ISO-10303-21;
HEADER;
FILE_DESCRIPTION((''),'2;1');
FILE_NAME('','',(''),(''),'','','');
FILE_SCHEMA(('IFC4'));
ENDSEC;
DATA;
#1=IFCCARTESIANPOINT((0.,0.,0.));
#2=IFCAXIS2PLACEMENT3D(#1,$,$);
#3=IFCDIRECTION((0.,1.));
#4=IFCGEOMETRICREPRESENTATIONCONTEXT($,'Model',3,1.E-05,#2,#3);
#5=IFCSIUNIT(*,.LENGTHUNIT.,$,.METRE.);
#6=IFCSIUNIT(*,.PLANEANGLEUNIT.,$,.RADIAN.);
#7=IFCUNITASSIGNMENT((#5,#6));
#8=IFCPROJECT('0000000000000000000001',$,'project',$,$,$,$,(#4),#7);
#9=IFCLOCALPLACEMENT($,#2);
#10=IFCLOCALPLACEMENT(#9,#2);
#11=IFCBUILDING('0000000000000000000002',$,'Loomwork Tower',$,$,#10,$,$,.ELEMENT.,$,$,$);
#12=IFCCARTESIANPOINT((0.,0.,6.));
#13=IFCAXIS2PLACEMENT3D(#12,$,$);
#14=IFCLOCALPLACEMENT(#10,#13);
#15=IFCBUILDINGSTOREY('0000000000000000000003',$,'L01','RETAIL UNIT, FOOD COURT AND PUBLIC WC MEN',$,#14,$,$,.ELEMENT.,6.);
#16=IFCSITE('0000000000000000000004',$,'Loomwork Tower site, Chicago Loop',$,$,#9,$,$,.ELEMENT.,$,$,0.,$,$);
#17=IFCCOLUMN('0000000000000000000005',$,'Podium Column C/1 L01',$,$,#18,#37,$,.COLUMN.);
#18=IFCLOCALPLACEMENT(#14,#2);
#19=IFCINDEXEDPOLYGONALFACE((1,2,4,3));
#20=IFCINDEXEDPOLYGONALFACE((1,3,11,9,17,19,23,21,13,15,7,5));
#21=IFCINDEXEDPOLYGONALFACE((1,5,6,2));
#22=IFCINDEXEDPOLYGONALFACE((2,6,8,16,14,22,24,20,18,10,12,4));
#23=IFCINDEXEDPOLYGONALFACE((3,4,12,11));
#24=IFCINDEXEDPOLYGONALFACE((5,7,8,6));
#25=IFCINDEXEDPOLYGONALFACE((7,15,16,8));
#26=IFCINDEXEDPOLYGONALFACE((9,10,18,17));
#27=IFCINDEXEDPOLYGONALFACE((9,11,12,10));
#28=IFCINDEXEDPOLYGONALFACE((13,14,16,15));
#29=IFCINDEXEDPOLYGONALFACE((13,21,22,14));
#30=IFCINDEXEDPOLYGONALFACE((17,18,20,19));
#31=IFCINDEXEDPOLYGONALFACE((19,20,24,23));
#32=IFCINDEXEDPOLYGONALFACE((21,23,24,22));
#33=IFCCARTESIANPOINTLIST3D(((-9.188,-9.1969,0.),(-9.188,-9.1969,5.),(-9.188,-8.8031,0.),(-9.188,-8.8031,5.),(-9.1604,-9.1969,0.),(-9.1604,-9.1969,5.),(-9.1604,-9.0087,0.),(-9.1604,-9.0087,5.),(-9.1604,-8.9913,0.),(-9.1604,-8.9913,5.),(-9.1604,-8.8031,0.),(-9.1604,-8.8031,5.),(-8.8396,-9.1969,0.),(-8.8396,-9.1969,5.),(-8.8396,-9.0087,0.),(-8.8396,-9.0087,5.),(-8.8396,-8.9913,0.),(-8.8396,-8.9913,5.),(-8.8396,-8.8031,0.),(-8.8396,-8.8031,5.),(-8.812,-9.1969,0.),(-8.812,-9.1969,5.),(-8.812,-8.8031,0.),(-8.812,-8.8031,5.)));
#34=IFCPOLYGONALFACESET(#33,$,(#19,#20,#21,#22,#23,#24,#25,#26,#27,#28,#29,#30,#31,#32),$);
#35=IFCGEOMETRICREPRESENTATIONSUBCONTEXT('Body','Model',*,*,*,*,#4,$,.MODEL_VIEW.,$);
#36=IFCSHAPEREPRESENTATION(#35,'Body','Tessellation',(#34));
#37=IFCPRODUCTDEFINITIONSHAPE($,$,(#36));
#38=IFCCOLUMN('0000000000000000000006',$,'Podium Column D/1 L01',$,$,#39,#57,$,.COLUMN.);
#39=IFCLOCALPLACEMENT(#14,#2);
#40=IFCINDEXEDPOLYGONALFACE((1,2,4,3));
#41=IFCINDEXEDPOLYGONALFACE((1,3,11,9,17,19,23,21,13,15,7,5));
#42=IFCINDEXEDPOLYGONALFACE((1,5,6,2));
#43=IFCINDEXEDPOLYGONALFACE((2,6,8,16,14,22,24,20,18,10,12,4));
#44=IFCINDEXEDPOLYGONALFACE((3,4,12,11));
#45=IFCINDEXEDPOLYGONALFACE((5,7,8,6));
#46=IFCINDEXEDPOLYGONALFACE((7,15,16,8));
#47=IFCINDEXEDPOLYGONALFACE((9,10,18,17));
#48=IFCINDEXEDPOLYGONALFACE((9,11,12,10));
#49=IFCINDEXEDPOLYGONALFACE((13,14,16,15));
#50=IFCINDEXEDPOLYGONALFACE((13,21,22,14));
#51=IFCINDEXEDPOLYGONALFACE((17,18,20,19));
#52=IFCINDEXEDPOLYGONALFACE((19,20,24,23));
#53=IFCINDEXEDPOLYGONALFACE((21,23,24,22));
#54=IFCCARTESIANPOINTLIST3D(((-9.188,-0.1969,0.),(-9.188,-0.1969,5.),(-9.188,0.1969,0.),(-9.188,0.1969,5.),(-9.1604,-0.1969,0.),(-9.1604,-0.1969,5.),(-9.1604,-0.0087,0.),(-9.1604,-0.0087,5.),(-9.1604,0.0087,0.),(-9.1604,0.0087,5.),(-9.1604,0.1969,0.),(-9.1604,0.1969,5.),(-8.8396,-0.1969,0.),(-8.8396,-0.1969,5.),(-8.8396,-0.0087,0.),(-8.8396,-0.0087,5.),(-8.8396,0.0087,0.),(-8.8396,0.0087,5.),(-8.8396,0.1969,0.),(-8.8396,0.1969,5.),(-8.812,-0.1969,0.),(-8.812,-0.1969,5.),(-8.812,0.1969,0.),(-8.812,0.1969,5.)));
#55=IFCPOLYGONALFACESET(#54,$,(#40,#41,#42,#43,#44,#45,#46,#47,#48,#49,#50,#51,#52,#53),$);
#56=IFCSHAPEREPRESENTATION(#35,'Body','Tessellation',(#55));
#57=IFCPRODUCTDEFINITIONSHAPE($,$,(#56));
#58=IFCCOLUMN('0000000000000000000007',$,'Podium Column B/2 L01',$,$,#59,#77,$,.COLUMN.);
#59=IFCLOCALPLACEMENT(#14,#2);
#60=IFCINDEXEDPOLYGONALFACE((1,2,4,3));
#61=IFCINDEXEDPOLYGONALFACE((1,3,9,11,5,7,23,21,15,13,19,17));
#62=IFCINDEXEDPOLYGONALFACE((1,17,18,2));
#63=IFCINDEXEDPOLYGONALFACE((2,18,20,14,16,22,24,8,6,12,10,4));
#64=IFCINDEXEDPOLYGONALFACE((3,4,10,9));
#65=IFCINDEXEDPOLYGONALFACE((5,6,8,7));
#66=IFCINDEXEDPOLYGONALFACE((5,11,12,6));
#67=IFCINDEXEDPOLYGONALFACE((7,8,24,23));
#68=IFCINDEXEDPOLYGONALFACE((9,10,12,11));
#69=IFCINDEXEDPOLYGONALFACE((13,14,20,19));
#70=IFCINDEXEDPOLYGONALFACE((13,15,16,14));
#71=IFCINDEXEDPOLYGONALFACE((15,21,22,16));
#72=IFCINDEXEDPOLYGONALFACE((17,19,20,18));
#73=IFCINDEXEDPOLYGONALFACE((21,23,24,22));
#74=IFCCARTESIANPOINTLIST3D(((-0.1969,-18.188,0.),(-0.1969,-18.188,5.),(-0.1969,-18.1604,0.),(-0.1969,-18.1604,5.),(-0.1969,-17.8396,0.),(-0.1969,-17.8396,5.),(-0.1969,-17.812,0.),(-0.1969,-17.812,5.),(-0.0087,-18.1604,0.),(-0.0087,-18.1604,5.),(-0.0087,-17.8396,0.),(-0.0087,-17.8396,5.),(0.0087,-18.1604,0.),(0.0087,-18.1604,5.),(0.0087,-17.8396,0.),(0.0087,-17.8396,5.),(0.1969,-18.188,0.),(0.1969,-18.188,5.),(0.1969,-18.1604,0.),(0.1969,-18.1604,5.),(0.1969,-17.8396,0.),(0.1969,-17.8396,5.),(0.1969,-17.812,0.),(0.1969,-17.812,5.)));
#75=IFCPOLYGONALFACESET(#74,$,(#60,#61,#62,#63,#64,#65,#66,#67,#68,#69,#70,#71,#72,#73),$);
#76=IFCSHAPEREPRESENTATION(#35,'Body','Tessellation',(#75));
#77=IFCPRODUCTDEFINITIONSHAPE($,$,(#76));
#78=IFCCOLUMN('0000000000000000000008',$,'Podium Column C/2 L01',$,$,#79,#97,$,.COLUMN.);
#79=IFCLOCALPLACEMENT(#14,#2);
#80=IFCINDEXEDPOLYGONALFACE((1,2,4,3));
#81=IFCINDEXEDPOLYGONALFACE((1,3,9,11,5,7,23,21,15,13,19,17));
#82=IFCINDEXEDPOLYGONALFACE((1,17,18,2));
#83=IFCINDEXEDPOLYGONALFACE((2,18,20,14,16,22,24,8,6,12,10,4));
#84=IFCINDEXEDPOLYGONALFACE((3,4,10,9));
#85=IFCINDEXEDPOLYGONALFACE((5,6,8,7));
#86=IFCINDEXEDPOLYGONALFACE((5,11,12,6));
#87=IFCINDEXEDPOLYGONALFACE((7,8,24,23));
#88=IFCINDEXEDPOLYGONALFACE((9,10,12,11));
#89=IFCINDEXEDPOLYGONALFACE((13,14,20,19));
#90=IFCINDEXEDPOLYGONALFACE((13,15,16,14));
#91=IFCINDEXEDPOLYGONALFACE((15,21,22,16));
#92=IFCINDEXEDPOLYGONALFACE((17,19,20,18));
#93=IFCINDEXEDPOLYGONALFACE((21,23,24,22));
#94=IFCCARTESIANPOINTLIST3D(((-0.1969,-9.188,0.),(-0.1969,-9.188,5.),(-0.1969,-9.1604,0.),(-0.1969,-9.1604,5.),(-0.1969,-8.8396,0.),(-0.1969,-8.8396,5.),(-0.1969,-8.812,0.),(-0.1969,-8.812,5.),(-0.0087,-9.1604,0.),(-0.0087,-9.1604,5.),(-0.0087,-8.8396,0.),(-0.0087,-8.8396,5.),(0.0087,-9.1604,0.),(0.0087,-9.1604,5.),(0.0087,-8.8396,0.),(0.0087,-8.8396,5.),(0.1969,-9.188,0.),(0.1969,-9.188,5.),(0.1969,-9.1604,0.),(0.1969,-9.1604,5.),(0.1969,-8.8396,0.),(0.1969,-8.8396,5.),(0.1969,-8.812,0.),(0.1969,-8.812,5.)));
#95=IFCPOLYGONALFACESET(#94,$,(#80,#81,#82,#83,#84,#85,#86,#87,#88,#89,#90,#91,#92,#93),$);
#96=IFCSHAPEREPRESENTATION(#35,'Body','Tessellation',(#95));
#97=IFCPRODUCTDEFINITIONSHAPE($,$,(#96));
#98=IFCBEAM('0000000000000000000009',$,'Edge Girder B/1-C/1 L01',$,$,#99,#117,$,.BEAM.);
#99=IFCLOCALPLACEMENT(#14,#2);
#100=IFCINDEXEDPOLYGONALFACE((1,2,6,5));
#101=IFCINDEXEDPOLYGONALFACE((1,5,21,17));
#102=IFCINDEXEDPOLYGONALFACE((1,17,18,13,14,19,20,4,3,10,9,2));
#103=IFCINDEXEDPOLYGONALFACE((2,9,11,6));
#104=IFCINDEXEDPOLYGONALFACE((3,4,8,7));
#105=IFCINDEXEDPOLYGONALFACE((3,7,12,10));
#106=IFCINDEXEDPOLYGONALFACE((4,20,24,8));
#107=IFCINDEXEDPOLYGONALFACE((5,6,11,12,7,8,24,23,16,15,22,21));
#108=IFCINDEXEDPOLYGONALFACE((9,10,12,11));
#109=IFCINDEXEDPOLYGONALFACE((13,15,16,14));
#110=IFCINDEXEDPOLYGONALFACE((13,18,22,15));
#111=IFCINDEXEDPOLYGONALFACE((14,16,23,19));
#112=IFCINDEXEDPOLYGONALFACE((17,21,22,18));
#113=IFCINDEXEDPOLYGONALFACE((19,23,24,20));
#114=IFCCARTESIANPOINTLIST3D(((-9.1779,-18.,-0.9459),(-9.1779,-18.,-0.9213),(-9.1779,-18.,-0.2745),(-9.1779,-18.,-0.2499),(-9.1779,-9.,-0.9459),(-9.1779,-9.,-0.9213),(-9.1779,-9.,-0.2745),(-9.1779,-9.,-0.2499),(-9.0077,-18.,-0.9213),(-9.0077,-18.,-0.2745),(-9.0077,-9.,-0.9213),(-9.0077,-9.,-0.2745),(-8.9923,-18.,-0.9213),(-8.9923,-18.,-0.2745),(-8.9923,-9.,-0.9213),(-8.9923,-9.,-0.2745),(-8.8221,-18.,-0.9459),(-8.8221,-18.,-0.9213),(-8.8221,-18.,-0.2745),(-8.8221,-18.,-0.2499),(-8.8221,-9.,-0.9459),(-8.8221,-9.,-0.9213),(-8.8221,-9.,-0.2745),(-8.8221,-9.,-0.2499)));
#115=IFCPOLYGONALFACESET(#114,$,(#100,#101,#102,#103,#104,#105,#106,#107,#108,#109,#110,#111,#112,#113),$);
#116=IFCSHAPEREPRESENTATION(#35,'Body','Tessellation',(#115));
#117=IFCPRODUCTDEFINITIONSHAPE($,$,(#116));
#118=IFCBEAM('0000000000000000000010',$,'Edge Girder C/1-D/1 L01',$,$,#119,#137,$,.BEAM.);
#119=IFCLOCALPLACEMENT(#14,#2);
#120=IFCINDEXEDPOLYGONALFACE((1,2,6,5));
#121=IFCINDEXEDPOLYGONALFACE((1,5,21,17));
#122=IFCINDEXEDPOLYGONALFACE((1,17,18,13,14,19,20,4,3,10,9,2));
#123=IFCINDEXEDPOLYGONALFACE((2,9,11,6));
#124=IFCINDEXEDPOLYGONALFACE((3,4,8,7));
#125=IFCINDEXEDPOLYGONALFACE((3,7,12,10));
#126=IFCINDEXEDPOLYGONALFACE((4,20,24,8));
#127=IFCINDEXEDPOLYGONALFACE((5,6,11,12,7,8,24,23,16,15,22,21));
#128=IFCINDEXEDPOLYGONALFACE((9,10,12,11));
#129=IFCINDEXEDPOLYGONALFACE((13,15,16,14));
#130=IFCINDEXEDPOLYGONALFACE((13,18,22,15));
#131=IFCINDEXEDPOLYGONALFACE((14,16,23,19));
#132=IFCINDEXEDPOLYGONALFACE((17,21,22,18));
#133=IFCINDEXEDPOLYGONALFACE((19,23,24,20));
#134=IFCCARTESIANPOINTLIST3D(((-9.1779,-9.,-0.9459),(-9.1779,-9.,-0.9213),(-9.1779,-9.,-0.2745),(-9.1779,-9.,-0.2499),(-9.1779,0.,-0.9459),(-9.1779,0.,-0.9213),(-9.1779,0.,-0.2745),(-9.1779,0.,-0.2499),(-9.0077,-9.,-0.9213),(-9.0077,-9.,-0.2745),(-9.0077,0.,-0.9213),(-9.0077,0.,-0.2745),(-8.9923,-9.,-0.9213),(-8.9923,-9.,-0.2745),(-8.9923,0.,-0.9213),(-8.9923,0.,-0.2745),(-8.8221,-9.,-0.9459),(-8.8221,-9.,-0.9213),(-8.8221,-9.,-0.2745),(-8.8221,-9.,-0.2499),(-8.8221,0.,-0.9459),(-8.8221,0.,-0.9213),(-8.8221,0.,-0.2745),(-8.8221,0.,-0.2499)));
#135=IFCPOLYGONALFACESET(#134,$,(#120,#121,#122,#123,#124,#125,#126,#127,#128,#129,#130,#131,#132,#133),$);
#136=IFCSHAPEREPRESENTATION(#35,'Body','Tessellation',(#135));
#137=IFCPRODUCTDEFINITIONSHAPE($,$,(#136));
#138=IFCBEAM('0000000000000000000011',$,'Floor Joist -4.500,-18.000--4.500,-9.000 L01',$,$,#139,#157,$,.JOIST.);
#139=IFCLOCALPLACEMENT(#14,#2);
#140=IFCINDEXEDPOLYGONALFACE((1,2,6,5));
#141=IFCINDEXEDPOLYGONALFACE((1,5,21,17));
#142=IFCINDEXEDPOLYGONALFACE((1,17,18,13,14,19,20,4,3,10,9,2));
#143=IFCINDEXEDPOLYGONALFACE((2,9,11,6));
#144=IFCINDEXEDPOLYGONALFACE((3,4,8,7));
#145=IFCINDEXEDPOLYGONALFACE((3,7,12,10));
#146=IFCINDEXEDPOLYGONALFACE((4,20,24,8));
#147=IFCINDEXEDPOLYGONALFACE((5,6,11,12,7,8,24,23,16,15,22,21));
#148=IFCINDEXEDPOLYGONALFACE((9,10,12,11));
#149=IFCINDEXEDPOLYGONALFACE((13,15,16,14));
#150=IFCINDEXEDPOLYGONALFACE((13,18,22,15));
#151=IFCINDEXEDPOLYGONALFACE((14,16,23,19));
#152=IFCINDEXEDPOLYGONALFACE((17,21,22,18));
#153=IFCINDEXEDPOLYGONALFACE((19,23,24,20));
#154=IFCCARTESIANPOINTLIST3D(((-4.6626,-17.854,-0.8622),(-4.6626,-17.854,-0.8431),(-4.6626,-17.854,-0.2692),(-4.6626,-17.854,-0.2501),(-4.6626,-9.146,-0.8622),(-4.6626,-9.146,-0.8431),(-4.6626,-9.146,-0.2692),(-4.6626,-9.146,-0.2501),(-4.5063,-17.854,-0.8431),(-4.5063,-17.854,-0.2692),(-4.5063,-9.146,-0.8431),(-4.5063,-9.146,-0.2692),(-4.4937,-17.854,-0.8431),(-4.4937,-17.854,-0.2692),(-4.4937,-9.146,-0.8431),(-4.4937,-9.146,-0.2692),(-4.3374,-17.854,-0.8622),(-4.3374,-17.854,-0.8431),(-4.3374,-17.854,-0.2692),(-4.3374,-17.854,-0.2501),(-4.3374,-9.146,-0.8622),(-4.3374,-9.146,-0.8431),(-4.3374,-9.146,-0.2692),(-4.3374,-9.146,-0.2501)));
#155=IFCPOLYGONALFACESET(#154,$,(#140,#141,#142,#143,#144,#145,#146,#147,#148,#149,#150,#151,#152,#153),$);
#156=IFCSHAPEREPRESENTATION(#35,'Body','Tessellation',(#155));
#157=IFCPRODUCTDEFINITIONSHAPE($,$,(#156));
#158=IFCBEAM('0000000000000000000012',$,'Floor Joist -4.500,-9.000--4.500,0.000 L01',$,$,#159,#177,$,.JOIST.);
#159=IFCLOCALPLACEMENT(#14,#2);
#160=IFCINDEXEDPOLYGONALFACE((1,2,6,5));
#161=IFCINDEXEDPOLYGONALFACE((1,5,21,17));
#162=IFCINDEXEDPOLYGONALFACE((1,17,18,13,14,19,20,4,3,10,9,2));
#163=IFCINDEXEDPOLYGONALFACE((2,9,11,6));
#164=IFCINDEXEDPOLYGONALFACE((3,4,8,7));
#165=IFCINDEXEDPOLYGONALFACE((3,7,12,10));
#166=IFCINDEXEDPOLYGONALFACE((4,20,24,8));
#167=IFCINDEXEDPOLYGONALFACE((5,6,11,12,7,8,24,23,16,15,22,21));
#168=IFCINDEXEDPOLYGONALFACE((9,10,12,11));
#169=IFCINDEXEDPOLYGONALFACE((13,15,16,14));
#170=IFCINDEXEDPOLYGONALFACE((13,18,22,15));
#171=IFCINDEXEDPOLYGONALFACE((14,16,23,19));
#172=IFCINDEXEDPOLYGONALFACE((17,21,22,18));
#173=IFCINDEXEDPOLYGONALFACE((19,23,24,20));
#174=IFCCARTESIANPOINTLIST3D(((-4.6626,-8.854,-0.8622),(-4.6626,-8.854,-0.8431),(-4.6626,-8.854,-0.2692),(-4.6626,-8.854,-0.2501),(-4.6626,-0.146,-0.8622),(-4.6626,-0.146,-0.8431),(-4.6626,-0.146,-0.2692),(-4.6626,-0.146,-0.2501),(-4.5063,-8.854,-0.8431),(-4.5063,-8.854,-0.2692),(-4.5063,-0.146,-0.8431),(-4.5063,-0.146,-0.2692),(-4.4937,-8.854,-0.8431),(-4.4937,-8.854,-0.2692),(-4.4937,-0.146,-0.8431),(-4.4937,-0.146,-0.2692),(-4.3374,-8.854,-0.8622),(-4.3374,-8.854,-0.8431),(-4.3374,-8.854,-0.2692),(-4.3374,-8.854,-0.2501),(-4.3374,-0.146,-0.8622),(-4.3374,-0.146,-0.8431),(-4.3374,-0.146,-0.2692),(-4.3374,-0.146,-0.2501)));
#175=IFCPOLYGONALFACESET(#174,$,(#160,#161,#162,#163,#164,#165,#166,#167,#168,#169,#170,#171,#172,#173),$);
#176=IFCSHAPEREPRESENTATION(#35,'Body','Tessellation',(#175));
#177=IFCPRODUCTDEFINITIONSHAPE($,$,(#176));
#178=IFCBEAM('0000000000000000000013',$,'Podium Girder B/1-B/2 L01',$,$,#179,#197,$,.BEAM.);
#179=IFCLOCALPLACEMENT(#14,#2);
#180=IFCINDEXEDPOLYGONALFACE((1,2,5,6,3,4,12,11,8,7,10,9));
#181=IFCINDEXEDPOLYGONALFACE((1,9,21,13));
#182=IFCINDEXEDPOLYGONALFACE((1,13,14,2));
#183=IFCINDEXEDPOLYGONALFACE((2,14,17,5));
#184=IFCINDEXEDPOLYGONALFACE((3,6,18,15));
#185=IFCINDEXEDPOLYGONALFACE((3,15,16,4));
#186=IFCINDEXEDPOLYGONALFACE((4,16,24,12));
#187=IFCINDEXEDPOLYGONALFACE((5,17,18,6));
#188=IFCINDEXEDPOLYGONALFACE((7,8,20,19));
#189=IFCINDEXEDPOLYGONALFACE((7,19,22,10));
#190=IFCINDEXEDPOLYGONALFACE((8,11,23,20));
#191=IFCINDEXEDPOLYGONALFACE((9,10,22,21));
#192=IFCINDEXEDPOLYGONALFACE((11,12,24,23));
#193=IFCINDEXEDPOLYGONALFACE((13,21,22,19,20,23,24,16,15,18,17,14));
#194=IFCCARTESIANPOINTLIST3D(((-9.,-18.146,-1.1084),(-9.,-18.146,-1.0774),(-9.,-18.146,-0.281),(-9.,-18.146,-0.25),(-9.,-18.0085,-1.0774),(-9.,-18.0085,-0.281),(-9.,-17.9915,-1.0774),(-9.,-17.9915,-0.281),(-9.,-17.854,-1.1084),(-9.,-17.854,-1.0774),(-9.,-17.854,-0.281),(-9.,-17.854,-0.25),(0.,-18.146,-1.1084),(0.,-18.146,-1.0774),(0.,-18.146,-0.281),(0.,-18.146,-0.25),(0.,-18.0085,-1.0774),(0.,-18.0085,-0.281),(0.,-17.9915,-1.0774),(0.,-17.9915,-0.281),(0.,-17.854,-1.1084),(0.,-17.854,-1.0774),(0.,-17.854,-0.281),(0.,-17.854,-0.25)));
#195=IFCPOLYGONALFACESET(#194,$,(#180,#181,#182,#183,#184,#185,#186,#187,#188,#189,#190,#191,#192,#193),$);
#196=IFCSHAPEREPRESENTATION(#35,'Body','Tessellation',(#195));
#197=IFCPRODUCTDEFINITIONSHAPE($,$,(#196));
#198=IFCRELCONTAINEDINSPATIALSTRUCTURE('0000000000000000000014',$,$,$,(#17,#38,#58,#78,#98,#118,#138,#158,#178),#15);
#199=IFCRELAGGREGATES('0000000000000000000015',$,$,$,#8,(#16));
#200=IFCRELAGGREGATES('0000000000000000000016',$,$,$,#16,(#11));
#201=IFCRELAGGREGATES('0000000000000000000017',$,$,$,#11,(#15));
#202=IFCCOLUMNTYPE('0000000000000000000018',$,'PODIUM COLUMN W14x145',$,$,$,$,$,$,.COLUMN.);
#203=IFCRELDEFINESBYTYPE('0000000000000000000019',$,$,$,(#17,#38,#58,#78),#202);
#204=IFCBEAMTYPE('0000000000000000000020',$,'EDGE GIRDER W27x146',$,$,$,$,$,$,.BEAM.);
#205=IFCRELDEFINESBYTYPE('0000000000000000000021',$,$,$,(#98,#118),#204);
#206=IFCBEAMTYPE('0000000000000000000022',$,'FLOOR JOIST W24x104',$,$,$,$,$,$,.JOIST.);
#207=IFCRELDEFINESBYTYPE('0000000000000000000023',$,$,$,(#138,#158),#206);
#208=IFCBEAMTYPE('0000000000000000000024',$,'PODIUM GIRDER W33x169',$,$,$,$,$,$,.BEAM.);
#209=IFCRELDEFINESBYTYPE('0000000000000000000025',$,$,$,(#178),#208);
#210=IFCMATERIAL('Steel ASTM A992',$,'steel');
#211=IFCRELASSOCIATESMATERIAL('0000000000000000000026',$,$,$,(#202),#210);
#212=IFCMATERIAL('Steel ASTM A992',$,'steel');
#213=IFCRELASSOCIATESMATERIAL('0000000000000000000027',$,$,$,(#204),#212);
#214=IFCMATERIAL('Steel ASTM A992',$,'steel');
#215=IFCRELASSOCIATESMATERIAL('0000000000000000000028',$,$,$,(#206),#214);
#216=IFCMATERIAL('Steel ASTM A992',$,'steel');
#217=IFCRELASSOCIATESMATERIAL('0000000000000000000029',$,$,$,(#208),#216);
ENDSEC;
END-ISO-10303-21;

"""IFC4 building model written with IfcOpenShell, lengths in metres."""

from ifc_helpers import new_model, si_unit, direction, frame, origin, origin_2d, place, context, subcontext, project, spatial, i_section, extrude, material, material_profile, profile_set, type_object, element, save


model = new_model("IFC4")

# Units and contexts
model_context = context("Model", 3, precision=1e-05, world=origin(), true_north=direction((0.0, 1.0)))
body_context = subcontext(model_context, "Body", "Model", "MODEL_VIEW")
ifc_project = project(units=[si_unit("LENGTHUNIT", "METRE"), si_unit("PLANEANGLEUNIT", "RADIAN")], contexts=[model_context])

# Site, building, storey
site_placement = place(None, origin())
site = spatial("IfcSite", under=ifc_project, at=site_placement, Name="Loomwork Tower site, Chicago Loop", CompositionType="ELEMENT", RefElevation=0.0)
building_placement = place(site_placement, origin())
building = spatial("IfcBuilding", under=site, at=building_placement, Name="Loomwork Tower", CompositionType="ELEMENT")
storey_placement = place(building_placement, frame((0.0, 0.0, 6.0)))
storey = spatial("IfcBuildingStorey", under=building, at=storey_placement, Name="L01", Description="RETAIL UNIT, FOOD COURT AND PUBLIC WC MEN", CompositionType="ELEMENT", Elevation=6.0)

# Columns
ifc_material_1 = material(Name="Steel ASTM A992", Category="steel")
ifc_material_profile_1 = material_profile(ifc_material_1, i_section(OverallWidth=0.3938, OverallDepth=0.376, WebThickness=0.0173, FlangeThickness=0.0276, at=origin_2d()), Name="W14x145")
ifc_profile_set_1 = profile_set([ifc_material_profile_1], Name="Steel ASTM A992")
column_type = type_object("IfcColumnType", Name="PODIUM COLUMN W14x145", PredefinedType="COLUMN", material=ifc_profile_set_1)
for number, where, z_axis, x_axis, name in (
    (1, (-9.0, -9.0, 0.0), (0.0, 0.0, 1.0), (0.0, 1.0, 0.0), "Podium Column C/1 L01"),
    (2, (-9.0, 0.0, 0.0), (0.0, 0.0, 1.0), (0.0, 1.0, 0.0), "Podium Column D/1 L01"),
    (3, (0.0, -18.0, 0.0), (0.0, 0.0, 1.0), (1.0, 0.0, 0.0), "Podium Column B/2 L01"),
    (4, (0.0, -9.0, 0.0), (0.0, 0.0, 1.0), (1.0, 0.0, 0.0), "Podium Column C/2 L01"),
):
    element("IfcColumn", number, at=place(storey_placement, frame(where, z_axis=z_axis, x_axis=x_axis)), inside=storey, type_object=column_type, Name=name, PredefinedType="COLUMN", context=body_context, shape_type="SweptSolid", body=[
        extrude(i_section(OverallWidth=0.3938, OverallDepth=0.376, WebThickness=0.0173, FlangeThickness=0.0276, at=origin_2d()), origin(), (0.0, 0.0, 1.0), 5.0),
    ])

# Beams
ifc_material_2 = material(Name="Steel ASTM A992", Category="steel")
ifc_material_profile_2 = material_profile(ifc_material_2, i_section(OverallWidth=0.3557, OverallDepth=0.696, WebThickness=0.0154, FlangeThickness=0.0247, at=origin_2d()), Name="W27x146")
ifc_profile_set_2 = profile_set([ifc_material_profile_2], Name="Steel ASTM A992")
beam_type_1 = type_object("IfcBeamType", Name="EDGE GIRDER W27x146", PredefinedType="BEAM", material=ifc_profile_set_2)
for number, where, z_axis, x_axis, name in (
    (5, (-9.0, -18.0, -0.5979), (0.0, 1.0, 0.0), (-1.0, 0.0, 0.0), "Edge Girder B/1-C/1 L01"),
    (6, (-9.0, -9.0, -0.5979), (0.0, 1.0, 0.0), (-1.0, 0.0, 0.0), "Edge Girder C/1-D/1 L01"),
):
    element("IfcBeam", number, at=place(storey_placement, frame(where, z_axis=z_axis, x_axis=x_axis)), inside=storey, type_object=beam_type_1, Name=name, PredefinedType="BEAM", context=body_context, shape_type="SweptSolid", body=[
        extrude(i_section(OverallWidth=0.3557, OverallDepth=0.696, WebThickness=0.0154, FlangeThickness=0.0247, at=origin_2d()), origin(), (0.0, 0.0, 1.0), 9.0),
    ])
ifc_material_3 = material(Name="Steel ASTM A992", Category="steel")
ifc_material_profile_3 = material_profile(ifc_material_3, i_section(OverallWidth=0.3252, OverallDepth=0.6121, WebThickness=0.0127, FlangeThickness=0.019, at=origin_2d()), Name="W24x104")
ifc_profile_set_3 = profile_set([ifc_material_profile_3], Name="Steel ASTM A992")
beam_type_2 = type_object("IfcBeamType", Name="FLOOR JOIST W24x104", PredefinedType="JOIST", material=ifc_profile_set_3)
for number, where, z_axis, x_axis, name in (
    (7, (-4.5, -17.854, -0.5562), (0.0, 1.0, 0.0), (-1.0, 0.0, 0.0), "Floor Joist -4.500,-18.000--4.500,-9.000 L01"),
    (8, (-4.5, -8.854, -0.5562), (0.0, 1.0, 0.0), (-1.0, 0.0, 0.0), "Floor Joist -4.500,-9.000--4.500,0.000 L01"),
):
    element("IfcBeam", number, at=place(storey_placement, frame(where, z_axis=z_axis, x_axis=x_axis)), inside=storey, type_object=beam_type_2, Name=name, PredefinedType="JOIST", context=body_context, shape_type="SweptSolid", body=[
        extrude(i_section(OverallWidth=0.3252, OverallDepth=0.6121, WebThickness=0.0127, FlangeThickness=0.019, at=origin_2d()), origin(), (0.0, 0.0, 1.0), 8.708),
    ])
ifc_material_4 = material(Name="Steel ASTM A992", Category="steel")
ifc_material_profile_4 = material_profile(ifc_material_4, i_section(OverallWidth=0.292, OverallDepth=0.8584, WebThickness=0.0171, FlangeThickness=0.031, at=origin_2d()), Name="W33x169")
ifc_profile_set_4 = profile_set([ifc_material_profile_4], Name="Steel ASTM A992")
beam_type_3 = type_object("IfcBeamType", Name="PODIUM GIRDER W33x169", PredefinedType="BEAM", material=ifc_profile_set_4)
for number, where, z_axis, x_axis, name in (
    (9, (-9.0, -18.0, -0.6792), (1.0, 0.0, 0.0), (0.0, 1.0, 0.0), "Podium Girder B/1-B/2 L01"),
):
    element("IfcBeam", number, at=place(storey_placement, frame(where, z_axis=z_axis, x_axis=x_axis)), inside=storey, type_object=beam_type_3, Name=name, PredefinedType="BEAM", context=body_context, shape_type="SweptSolid", body=[
        extrude(i_section(OverallWidth=0.292, OverallDepth=0.8584, WebThickness=0.0171, FlangeThickness=0.031, at=origin_2d()), origin(), (0.0, 0.0, 1.0), 9.0),
    ])

save(model, "model.ifc")
